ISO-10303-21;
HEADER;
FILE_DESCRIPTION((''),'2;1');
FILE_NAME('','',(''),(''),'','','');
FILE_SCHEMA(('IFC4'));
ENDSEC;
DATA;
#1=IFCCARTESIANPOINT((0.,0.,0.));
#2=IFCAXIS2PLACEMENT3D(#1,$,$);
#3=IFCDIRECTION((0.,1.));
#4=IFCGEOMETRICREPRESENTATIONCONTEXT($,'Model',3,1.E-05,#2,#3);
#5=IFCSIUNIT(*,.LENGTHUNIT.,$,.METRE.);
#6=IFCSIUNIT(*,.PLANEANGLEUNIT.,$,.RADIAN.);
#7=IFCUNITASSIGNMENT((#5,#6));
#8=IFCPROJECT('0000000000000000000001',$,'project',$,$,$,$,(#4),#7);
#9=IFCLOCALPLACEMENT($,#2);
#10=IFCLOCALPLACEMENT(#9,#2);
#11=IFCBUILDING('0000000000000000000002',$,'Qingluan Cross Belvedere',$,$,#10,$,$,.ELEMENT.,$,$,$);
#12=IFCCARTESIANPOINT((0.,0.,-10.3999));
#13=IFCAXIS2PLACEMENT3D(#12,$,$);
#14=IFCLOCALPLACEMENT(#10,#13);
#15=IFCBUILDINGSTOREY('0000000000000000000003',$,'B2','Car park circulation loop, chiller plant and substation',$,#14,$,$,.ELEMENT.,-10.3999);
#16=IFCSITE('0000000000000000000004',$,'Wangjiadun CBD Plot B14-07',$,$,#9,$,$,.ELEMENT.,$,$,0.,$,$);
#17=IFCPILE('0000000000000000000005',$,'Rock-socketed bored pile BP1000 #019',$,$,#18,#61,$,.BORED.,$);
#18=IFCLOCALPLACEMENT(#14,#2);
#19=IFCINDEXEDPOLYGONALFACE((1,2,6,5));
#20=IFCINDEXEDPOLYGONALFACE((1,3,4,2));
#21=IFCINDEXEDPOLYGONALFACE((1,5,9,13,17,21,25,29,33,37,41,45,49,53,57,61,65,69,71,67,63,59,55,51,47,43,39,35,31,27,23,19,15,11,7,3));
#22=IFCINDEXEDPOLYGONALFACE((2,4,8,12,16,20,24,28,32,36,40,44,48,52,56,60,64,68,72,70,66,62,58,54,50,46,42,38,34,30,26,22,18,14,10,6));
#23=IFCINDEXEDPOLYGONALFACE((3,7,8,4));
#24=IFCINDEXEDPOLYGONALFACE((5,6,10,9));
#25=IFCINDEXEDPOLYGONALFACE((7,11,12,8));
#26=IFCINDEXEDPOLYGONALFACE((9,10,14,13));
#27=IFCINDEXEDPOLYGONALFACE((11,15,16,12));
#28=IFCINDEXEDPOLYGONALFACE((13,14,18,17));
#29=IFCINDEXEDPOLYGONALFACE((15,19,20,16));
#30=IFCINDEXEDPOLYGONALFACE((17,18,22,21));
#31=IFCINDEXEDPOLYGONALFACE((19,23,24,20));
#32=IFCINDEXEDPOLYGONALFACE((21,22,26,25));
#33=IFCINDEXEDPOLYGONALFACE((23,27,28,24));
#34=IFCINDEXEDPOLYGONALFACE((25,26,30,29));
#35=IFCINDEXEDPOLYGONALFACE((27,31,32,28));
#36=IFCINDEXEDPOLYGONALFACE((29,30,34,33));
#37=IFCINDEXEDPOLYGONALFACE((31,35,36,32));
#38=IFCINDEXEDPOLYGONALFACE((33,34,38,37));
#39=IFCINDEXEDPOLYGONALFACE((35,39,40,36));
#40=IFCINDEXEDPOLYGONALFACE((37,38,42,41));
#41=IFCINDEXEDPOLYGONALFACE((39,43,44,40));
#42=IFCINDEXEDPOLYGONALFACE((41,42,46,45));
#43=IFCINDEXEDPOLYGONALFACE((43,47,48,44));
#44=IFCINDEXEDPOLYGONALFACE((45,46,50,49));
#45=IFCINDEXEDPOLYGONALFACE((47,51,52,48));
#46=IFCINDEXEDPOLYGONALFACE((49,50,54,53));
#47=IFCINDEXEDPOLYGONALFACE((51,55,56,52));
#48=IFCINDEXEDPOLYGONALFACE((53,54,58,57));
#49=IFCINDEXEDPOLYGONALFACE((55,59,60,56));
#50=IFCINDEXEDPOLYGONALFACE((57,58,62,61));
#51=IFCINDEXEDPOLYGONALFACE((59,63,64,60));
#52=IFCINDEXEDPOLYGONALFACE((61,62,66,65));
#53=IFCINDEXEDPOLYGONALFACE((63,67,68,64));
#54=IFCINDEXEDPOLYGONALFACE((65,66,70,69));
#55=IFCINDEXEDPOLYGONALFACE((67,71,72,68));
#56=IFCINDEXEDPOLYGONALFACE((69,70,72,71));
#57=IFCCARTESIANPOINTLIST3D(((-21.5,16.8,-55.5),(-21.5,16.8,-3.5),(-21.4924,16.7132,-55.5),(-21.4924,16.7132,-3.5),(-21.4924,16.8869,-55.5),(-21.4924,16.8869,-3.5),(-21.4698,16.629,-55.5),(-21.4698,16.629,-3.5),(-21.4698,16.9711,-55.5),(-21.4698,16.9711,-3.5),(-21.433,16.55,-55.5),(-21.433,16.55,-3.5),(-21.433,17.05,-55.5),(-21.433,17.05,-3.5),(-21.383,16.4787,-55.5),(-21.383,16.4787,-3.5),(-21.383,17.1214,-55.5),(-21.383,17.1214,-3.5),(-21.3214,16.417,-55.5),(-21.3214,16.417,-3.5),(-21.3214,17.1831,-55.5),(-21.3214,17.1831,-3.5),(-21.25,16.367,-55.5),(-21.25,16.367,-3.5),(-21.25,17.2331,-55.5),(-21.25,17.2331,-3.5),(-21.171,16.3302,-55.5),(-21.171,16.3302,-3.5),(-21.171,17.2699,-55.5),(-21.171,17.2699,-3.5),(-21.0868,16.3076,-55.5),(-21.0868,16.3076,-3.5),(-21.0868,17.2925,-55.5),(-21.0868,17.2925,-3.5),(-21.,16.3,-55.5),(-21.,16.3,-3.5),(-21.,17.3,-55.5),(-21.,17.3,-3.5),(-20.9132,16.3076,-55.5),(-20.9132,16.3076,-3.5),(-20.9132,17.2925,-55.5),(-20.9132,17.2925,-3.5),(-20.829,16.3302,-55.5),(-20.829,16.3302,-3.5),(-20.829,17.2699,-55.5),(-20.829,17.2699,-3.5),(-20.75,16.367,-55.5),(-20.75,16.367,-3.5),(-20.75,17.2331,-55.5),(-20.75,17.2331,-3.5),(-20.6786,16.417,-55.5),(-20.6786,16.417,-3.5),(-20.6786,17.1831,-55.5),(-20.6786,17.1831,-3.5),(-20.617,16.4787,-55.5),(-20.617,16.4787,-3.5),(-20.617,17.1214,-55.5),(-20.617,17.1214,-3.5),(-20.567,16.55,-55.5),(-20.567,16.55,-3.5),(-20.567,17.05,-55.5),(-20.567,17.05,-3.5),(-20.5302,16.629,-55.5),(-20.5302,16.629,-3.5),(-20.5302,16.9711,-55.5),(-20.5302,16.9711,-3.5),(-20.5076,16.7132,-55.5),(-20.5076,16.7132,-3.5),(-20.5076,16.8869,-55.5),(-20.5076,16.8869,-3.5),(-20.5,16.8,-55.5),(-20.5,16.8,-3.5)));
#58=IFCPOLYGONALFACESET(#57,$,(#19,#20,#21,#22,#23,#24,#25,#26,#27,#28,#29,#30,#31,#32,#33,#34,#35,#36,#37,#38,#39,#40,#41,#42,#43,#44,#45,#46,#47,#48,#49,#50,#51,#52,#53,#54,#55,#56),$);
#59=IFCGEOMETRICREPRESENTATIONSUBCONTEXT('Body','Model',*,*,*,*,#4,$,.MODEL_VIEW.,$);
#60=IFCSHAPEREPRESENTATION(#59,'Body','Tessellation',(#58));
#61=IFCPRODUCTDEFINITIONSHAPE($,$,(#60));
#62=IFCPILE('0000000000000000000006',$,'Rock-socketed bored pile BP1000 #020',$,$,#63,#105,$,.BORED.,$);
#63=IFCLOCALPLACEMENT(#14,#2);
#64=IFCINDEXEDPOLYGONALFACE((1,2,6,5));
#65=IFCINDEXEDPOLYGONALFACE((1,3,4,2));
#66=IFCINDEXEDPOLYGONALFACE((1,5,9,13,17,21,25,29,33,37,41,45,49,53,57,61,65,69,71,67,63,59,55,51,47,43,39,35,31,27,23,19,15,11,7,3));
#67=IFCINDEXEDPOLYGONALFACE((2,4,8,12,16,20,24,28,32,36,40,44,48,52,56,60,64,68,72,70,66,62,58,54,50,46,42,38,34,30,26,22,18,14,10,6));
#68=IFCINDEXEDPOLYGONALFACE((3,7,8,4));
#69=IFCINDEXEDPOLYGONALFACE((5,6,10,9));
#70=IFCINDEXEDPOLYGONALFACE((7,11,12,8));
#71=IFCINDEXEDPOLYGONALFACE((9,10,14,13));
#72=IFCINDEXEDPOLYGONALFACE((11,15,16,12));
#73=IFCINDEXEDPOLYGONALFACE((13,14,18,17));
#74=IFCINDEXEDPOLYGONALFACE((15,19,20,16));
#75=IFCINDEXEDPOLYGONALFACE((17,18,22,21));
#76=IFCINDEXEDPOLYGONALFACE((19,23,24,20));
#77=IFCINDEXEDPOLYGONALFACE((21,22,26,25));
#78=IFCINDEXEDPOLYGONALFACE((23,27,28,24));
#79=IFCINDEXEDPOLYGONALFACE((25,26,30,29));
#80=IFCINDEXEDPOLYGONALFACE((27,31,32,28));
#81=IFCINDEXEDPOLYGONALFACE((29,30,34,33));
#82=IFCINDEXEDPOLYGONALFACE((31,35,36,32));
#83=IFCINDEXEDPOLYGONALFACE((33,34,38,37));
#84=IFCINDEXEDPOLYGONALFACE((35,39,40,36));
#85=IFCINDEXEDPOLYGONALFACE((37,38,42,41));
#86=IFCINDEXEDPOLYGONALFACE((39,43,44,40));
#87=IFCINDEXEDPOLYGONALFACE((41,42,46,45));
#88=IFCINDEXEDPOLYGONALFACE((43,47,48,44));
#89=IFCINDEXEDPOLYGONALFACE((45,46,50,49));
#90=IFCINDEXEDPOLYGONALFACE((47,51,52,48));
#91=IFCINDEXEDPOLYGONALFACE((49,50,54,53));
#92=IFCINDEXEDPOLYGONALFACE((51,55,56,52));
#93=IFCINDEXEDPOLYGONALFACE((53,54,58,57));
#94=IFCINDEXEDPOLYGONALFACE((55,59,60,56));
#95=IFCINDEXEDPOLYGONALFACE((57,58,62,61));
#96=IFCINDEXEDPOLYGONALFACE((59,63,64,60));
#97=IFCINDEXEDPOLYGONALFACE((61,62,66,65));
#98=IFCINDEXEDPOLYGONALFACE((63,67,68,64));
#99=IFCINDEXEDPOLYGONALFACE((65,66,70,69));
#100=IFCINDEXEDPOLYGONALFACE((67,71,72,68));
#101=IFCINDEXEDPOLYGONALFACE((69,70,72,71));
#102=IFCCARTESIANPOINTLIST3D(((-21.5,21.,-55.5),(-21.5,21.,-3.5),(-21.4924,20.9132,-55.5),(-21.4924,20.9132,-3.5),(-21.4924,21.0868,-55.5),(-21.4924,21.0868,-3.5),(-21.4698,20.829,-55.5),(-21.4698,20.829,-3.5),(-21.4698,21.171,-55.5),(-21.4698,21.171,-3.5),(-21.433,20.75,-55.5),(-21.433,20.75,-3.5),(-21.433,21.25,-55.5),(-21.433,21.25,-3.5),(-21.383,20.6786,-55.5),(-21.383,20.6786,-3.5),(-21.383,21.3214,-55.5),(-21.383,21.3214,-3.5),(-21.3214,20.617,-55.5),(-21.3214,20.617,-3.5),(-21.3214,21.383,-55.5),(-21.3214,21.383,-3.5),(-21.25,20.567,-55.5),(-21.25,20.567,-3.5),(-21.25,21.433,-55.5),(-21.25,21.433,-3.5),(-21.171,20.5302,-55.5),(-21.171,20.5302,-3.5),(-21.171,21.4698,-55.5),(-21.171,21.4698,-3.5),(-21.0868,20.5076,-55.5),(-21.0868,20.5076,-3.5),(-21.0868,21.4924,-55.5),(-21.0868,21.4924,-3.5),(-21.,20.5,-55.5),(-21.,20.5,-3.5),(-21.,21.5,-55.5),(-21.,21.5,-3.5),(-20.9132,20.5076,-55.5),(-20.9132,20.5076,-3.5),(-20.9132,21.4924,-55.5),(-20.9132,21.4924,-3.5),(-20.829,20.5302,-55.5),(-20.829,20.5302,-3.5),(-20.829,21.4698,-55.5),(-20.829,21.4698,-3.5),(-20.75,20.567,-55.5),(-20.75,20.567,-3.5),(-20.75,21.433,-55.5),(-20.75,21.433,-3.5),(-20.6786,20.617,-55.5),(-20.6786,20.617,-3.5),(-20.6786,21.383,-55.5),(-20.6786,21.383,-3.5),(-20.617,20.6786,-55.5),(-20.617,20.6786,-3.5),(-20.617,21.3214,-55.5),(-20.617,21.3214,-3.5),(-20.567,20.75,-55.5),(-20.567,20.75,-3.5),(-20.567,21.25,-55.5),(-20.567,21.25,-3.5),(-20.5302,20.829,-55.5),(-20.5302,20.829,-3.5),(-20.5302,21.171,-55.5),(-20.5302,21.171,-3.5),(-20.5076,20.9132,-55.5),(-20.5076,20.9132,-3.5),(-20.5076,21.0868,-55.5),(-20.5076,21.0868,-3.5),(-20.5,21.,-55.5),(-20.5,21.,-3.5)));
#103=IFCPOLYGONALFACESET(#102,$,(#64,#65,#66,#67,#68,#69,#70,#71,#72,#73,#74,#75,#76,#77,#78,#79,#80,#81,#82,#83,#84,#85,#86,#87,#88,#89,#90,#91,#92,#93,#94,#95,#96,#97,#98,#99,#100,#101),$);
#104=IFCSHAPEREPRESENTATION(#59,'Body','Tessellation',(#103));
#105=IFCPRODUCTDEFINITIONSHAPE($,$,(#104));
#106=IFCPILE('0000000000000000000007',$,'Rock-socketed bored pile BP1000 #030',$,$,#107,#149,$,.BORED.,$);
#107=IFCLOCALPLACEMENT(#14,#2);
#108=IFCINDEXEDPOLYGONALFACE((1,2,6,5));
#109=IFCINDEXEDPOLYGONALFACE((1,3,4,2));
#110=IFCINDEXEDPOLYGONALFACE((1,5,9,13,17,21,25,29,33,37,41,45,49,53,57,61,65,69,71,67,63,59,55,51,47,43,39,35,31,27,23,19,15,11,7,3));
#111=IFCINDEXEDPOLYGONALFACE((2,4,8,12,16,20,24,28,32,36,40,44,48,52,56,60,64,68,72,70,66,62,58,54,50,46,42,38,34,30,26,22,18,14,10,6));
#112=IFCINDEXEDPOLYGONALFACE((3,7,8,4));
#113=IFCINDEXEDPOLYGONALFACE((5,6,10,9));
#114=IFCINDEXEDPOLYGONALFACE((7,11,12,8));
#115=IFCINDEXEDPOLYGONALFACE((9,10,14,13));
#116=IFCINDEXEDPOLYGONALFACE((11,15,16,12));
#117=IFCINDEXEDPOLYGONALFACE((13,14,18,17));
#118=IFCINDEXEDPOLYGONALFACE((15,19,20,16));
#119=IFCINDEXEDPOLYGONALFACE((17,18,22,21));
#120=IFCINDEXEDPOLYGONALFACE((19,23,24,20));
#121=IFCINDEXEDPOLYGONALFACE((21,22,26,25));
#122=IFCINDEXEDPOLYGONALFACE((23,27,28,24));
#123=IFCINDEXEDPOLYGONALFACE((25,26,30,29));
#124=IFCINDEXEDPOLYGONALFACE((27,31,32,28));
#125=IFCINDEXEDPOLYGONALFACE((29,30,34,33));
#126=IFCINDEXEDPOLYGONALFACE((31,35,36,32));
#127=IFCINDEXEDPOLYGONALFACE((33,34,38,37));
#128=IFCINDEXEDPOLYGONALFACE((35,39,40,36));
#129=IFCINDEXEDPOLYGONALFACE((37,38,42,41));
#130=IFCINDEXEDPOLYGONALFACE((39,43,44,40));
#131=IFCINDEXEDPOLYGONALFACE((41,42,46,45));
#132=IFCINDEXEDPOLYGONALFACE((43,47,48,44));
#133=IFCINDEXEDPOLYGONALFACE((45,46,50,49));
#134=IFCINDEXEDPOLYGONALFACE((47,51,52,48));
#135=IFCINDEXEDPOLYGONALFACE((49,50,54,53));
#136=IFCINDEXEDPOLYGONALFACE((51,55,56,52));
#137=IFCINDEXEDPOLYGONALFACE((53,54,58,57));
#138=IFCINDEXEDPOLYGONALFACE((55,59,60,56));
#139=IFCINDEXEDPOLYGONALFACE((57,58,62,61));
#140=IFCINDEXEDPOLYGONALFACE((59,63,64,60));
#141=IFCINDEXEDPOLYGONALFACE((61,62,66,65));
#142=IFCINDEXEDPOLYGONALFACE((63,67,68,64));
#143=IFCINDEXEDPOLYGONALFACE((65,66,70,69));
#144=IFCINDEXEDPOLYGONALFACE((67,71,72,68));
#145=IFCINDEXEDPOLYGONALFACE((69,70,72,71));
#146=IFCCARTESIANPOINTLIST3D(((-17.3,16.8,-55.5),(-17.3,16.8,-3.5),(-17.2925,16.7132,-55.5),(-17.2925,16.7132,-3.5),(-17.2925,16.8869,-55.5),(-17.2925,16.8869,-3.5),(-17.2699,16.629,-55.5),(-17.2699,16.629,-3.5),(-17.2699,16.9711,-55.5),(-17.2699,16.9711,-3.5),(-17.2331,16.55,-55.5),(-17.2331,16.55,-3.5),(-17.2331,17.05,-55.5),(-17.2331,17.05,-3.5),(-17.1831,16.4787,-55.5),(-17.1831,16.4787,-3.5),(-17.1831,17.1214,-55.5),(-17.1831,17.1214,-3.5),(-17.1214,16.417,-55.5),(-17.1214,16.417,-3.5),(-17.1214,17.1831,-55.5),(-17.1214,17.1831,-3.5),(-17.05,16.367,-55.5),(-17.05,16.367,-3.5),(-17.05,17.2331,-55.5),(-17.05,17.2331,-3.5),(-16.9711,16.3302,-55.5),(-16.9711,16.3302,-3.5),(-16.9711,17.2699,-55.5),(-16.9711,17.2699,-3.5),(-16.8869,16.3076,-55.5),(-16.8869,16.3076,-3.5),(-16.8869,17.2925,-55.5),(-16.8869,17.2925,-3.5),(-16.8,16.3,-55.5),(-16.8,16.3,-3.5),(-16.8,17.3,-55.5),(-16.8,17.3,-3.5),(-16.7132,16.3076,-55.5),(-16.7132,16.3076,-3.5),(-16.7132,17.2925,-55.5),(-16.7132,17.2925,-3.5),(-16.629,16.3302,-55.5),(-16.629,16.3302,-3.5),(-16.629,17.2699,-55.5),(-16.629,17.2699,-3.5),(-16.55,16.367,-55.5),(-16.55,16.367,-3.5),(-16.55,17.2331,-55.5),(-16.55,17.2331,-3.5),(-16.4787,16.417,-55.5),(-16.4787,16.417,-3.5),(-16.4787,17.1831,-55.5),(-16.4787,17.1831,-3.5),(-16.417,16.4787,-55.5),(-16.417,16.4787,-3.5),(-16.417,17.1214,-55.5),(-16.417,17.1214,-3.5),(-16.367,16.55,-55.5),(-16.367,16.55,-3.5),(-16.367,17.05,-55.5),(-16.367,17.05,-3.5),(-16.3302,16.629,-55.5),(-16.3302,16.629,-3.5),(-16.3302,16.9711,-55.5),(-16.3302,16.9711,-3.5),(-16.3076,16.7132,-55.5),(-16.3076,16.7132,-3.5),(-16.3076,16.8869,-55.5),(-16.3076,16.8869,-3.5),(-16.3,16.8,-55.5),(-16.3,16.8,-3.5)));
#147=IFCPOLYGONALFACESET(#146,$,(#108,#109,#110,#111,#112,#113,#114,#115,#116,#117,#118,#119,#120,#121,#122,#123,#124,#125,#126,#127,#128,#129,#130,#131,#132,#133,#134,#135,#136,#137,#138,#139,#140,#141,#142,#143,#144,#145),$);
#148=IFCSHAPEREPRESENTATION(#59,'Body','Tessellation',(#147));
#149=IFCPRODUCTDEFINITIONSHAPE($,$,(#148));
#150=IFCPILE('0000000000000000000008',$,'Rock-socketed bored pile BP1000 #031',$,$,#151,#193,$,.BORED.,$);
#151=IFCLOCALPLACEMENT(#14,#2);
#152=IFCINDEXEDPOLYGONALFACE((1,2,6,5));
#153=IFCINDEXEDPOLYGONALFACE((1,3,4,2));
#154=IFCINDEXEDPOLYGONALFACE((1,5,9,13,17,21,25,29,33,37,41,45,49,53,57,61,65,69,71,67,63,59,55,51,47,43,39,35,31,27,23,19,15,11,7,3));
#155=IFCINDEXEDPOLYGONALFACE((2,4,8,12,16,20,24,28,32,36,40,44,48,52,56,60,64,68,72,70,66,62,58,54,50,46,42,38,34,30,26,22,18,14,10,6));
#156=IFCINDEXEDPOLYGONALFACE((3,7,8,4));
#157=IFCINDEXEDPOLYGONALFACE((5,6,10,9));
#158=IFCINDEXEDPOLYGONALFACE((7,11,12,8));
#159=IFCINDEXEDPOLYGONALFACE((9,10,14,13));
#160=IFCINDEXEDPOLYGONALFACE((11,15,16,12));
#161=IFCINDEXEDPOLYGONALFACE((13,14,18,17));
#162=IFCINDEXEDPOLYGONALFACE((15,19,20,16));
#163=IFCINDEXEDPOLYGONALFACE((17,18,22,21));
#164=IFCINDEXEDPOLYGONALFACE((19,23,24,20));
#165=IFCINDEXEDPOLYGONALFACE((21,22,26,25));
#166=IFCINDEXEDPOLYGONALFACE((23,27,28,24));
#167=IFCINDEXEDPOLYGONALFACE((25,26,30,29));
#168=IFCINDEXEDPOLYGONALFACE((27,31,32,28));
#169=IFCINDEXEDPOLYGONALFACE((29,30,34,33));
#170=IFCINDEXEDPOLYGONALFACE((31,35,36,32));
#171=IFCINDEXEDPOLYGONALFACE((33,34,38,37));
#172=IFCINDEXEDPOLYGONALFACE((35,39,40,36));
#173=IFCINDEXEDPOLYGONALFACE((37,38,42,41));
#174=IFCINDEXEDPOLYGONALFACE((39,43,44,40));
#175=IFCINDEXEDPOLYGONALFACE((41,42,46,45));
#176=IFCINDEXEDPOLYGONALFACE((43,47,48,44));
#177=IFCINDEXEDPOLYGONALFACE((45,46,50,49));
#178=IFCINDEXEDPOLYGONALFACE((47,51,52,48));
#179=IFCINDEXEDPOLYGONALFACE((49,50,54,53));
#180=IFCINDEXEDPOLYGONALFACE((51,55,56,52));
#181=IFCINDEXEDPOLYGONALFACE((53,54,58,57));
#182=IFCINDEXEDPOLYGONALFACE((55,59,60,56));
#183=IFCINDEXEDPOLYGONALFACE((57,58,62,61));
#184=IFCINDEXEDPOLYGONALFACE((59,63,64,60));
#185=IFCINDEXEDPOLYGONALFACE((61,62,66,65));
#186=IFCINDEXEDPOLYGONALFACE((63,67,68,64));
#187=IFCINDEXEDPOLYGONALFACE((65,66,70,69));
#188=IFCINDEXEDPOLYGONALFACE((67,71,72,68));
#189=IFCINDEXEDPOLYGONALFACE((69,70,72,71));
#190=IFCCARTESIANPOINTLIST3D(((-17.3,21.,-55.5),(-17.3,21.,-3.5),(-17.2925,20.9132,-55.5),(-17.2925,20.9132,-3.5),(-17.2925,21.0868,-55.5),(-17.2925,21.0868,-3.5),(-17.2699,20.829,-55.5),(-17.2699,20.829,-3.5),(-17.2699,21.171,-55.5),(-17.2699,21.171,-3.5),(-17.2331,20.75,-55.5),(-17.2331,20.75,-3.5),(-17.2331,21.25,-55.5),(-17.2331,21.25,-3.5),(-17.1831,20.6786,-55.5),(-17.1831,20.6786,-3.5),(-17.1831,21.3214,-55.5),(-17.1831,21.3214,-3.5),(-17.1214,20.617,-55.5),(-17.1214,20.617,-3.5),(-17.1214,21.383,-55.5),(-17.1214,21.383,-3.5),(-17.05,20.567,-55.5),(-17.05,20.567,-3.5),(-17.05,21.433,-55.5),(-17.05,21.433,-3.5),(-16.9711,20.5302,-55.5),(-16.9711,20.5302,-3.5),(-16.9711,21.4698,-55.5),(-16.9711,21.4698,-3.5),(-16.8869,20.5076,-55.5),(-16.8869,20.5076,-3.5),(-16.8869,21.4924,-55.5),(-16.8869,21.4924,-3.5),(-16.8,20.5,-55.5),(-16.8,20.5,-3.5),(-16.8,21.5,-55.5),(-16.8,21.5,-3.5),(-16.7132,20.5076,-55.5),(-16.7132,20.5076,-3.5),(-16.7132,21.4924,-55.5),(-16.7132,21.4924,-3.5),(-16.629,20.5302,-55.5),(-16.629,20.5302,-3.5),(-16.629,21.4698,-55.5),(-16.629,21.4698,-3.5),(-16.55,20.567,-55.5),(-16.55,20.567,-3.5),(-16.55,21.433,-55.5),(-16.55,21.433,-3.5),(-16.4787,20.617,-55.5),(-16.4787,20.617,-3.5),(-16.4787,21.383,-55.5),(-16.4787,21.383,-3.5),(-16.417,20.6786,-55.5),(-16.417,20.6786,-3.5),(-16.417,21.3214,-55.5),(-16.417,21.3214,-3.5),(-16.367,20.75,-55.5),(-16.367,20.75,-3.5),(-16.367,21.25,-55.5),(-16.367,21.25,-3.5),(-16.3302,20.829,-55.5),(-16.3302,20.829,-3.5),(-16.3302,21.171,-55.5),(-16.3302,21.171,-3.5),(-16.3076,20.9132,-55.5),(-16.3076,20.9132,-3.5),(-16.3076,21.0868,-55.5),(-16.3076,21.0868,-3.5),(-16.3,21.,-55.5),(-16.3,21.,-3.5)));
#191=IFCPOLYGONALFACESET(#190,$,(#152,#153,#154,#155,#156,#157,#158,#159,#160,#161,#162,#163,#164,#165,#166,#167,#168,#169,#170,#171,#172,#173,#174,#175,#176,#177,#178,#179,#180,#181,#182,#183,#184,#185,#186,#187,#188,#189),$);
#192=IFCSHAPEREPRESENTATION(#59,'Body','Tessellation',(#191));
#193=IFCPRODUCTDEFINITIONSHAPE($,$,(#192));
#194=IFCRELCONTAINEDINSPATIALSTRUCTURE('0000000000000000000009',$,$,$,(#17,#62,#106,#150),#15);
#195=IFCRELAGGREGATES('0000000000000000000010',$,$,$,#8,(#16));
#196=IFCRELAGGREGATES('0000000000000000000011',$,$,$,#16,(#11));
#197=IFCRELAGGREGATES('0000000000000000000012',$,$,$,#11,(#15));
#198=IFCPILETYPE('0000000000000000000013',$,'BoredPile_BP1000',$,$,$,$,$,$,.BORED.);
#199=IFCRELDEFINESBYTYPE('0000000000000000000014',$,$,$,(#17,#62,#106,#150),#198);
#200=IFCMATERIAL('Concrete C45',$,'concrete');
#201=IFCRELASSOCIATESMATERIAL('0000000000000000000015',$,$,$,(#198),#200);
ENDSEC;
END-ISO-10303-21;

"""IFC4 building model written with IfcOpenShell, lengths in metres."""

from ifc_helpers import new_model, si_unit, direction, frame, origin, origin_2d, place, context, subcontext, project, spatial, circle, extrude, material, material_profile, profile_set, type_object, element, save


model = new_model("IFC4")

# Units and contexts
model_context = context("Model", 3, precision=1e-05, world=origin(), true_north=direction((0.0, 1.0)))
body_context = subcontext(model_context, "Body", "Model", "MODEL_VIEW")
ifc_project = project(units=[si_unit("LENGTHUNIT", "METRE"), si_unit("PLANEANGLEUNIT", "RADIAN")], contexts=[model_context])

# Site, building, storey
site_placement = place(None, origin())
site = spatial("IfcSite", under=ifc_project, at=site_placement, Name="Wangjiadun CBD Plot B14-07", CompositionType="ELEMENT", RefElevation=0.0)
building_placement = place(site_placement, origin())
building = spatial("IfcBuilding", under=site, at=building_placement, Name="Qingluan Cross Belvedere", CompositionType="ELEMENT")
storey_placement = place(building_placement, frame((0.0, 0.0, -10.3999)))
storey = spatial("IfcBuildingStorey", under=building, at=storey_placement, Name="B2", Description="Car park circulation loop, chiller plant and substation", CompositionType="ELEMENT", Elevation=-10.3999)

# Piles
ifc_material_1 = material(Name="Concrete C45", Category="concrete")
ifc_material_profile_1 = material_profile(ifc_material_1, circle(Radius=0.5, at=origin_2d()), Name="BP1000")
ifc_profile_set_1 = profile_set([ifc_material_profile_1], Name="Concrete C45")
pile_type_1 = type_object("IfcPileType", Name="BoredPile_BP1000", PredefinedType="BORED", material=ifc_profile_set_1)
for number, where, z_axis, x_axis, name in (
    (1, (-21.0, 16.8, -3.5), (0.0, 0.0, -1.0), (1.0, 0.0, 0.0), "Rock-socketed bored pile BP1000 #019"),
    (2, (-21.0, 21.0, -3.5), (0.0, 0.0, -1.0), (1.0, 0.0, 0.0), "Rock-socketed bored pile BP1000 #020"),
    (3, (-16.8, 16.8, -3.5), (0.0, 0.0, -1.0), (1.0, 0.0, 0.0), "Rock-socketed bored pile BP1000 #030"),
    (4, (-16.8, 21.0, -3.5), (0.0, 0.0, -1.0), (1.0, 0.0, 0.0), "Rock-socketed bored pile BP1000 #031"),
):
    element("IfcPile", number, at=place(storey_placement, frame(where, z_axis=z_axis, x_axis=x_axis)), inside=storey, type_object=pile_type_1, Name=name, PredefinedType="BORED", context=body_context, shape_type="SweptSolid", body=[
        extrude(circle(Radius=0.5, at=origin_2d()), origin(), (0.0, 0.0, 1.0), 52.0),
    ])

save(model, "model.ifc")
